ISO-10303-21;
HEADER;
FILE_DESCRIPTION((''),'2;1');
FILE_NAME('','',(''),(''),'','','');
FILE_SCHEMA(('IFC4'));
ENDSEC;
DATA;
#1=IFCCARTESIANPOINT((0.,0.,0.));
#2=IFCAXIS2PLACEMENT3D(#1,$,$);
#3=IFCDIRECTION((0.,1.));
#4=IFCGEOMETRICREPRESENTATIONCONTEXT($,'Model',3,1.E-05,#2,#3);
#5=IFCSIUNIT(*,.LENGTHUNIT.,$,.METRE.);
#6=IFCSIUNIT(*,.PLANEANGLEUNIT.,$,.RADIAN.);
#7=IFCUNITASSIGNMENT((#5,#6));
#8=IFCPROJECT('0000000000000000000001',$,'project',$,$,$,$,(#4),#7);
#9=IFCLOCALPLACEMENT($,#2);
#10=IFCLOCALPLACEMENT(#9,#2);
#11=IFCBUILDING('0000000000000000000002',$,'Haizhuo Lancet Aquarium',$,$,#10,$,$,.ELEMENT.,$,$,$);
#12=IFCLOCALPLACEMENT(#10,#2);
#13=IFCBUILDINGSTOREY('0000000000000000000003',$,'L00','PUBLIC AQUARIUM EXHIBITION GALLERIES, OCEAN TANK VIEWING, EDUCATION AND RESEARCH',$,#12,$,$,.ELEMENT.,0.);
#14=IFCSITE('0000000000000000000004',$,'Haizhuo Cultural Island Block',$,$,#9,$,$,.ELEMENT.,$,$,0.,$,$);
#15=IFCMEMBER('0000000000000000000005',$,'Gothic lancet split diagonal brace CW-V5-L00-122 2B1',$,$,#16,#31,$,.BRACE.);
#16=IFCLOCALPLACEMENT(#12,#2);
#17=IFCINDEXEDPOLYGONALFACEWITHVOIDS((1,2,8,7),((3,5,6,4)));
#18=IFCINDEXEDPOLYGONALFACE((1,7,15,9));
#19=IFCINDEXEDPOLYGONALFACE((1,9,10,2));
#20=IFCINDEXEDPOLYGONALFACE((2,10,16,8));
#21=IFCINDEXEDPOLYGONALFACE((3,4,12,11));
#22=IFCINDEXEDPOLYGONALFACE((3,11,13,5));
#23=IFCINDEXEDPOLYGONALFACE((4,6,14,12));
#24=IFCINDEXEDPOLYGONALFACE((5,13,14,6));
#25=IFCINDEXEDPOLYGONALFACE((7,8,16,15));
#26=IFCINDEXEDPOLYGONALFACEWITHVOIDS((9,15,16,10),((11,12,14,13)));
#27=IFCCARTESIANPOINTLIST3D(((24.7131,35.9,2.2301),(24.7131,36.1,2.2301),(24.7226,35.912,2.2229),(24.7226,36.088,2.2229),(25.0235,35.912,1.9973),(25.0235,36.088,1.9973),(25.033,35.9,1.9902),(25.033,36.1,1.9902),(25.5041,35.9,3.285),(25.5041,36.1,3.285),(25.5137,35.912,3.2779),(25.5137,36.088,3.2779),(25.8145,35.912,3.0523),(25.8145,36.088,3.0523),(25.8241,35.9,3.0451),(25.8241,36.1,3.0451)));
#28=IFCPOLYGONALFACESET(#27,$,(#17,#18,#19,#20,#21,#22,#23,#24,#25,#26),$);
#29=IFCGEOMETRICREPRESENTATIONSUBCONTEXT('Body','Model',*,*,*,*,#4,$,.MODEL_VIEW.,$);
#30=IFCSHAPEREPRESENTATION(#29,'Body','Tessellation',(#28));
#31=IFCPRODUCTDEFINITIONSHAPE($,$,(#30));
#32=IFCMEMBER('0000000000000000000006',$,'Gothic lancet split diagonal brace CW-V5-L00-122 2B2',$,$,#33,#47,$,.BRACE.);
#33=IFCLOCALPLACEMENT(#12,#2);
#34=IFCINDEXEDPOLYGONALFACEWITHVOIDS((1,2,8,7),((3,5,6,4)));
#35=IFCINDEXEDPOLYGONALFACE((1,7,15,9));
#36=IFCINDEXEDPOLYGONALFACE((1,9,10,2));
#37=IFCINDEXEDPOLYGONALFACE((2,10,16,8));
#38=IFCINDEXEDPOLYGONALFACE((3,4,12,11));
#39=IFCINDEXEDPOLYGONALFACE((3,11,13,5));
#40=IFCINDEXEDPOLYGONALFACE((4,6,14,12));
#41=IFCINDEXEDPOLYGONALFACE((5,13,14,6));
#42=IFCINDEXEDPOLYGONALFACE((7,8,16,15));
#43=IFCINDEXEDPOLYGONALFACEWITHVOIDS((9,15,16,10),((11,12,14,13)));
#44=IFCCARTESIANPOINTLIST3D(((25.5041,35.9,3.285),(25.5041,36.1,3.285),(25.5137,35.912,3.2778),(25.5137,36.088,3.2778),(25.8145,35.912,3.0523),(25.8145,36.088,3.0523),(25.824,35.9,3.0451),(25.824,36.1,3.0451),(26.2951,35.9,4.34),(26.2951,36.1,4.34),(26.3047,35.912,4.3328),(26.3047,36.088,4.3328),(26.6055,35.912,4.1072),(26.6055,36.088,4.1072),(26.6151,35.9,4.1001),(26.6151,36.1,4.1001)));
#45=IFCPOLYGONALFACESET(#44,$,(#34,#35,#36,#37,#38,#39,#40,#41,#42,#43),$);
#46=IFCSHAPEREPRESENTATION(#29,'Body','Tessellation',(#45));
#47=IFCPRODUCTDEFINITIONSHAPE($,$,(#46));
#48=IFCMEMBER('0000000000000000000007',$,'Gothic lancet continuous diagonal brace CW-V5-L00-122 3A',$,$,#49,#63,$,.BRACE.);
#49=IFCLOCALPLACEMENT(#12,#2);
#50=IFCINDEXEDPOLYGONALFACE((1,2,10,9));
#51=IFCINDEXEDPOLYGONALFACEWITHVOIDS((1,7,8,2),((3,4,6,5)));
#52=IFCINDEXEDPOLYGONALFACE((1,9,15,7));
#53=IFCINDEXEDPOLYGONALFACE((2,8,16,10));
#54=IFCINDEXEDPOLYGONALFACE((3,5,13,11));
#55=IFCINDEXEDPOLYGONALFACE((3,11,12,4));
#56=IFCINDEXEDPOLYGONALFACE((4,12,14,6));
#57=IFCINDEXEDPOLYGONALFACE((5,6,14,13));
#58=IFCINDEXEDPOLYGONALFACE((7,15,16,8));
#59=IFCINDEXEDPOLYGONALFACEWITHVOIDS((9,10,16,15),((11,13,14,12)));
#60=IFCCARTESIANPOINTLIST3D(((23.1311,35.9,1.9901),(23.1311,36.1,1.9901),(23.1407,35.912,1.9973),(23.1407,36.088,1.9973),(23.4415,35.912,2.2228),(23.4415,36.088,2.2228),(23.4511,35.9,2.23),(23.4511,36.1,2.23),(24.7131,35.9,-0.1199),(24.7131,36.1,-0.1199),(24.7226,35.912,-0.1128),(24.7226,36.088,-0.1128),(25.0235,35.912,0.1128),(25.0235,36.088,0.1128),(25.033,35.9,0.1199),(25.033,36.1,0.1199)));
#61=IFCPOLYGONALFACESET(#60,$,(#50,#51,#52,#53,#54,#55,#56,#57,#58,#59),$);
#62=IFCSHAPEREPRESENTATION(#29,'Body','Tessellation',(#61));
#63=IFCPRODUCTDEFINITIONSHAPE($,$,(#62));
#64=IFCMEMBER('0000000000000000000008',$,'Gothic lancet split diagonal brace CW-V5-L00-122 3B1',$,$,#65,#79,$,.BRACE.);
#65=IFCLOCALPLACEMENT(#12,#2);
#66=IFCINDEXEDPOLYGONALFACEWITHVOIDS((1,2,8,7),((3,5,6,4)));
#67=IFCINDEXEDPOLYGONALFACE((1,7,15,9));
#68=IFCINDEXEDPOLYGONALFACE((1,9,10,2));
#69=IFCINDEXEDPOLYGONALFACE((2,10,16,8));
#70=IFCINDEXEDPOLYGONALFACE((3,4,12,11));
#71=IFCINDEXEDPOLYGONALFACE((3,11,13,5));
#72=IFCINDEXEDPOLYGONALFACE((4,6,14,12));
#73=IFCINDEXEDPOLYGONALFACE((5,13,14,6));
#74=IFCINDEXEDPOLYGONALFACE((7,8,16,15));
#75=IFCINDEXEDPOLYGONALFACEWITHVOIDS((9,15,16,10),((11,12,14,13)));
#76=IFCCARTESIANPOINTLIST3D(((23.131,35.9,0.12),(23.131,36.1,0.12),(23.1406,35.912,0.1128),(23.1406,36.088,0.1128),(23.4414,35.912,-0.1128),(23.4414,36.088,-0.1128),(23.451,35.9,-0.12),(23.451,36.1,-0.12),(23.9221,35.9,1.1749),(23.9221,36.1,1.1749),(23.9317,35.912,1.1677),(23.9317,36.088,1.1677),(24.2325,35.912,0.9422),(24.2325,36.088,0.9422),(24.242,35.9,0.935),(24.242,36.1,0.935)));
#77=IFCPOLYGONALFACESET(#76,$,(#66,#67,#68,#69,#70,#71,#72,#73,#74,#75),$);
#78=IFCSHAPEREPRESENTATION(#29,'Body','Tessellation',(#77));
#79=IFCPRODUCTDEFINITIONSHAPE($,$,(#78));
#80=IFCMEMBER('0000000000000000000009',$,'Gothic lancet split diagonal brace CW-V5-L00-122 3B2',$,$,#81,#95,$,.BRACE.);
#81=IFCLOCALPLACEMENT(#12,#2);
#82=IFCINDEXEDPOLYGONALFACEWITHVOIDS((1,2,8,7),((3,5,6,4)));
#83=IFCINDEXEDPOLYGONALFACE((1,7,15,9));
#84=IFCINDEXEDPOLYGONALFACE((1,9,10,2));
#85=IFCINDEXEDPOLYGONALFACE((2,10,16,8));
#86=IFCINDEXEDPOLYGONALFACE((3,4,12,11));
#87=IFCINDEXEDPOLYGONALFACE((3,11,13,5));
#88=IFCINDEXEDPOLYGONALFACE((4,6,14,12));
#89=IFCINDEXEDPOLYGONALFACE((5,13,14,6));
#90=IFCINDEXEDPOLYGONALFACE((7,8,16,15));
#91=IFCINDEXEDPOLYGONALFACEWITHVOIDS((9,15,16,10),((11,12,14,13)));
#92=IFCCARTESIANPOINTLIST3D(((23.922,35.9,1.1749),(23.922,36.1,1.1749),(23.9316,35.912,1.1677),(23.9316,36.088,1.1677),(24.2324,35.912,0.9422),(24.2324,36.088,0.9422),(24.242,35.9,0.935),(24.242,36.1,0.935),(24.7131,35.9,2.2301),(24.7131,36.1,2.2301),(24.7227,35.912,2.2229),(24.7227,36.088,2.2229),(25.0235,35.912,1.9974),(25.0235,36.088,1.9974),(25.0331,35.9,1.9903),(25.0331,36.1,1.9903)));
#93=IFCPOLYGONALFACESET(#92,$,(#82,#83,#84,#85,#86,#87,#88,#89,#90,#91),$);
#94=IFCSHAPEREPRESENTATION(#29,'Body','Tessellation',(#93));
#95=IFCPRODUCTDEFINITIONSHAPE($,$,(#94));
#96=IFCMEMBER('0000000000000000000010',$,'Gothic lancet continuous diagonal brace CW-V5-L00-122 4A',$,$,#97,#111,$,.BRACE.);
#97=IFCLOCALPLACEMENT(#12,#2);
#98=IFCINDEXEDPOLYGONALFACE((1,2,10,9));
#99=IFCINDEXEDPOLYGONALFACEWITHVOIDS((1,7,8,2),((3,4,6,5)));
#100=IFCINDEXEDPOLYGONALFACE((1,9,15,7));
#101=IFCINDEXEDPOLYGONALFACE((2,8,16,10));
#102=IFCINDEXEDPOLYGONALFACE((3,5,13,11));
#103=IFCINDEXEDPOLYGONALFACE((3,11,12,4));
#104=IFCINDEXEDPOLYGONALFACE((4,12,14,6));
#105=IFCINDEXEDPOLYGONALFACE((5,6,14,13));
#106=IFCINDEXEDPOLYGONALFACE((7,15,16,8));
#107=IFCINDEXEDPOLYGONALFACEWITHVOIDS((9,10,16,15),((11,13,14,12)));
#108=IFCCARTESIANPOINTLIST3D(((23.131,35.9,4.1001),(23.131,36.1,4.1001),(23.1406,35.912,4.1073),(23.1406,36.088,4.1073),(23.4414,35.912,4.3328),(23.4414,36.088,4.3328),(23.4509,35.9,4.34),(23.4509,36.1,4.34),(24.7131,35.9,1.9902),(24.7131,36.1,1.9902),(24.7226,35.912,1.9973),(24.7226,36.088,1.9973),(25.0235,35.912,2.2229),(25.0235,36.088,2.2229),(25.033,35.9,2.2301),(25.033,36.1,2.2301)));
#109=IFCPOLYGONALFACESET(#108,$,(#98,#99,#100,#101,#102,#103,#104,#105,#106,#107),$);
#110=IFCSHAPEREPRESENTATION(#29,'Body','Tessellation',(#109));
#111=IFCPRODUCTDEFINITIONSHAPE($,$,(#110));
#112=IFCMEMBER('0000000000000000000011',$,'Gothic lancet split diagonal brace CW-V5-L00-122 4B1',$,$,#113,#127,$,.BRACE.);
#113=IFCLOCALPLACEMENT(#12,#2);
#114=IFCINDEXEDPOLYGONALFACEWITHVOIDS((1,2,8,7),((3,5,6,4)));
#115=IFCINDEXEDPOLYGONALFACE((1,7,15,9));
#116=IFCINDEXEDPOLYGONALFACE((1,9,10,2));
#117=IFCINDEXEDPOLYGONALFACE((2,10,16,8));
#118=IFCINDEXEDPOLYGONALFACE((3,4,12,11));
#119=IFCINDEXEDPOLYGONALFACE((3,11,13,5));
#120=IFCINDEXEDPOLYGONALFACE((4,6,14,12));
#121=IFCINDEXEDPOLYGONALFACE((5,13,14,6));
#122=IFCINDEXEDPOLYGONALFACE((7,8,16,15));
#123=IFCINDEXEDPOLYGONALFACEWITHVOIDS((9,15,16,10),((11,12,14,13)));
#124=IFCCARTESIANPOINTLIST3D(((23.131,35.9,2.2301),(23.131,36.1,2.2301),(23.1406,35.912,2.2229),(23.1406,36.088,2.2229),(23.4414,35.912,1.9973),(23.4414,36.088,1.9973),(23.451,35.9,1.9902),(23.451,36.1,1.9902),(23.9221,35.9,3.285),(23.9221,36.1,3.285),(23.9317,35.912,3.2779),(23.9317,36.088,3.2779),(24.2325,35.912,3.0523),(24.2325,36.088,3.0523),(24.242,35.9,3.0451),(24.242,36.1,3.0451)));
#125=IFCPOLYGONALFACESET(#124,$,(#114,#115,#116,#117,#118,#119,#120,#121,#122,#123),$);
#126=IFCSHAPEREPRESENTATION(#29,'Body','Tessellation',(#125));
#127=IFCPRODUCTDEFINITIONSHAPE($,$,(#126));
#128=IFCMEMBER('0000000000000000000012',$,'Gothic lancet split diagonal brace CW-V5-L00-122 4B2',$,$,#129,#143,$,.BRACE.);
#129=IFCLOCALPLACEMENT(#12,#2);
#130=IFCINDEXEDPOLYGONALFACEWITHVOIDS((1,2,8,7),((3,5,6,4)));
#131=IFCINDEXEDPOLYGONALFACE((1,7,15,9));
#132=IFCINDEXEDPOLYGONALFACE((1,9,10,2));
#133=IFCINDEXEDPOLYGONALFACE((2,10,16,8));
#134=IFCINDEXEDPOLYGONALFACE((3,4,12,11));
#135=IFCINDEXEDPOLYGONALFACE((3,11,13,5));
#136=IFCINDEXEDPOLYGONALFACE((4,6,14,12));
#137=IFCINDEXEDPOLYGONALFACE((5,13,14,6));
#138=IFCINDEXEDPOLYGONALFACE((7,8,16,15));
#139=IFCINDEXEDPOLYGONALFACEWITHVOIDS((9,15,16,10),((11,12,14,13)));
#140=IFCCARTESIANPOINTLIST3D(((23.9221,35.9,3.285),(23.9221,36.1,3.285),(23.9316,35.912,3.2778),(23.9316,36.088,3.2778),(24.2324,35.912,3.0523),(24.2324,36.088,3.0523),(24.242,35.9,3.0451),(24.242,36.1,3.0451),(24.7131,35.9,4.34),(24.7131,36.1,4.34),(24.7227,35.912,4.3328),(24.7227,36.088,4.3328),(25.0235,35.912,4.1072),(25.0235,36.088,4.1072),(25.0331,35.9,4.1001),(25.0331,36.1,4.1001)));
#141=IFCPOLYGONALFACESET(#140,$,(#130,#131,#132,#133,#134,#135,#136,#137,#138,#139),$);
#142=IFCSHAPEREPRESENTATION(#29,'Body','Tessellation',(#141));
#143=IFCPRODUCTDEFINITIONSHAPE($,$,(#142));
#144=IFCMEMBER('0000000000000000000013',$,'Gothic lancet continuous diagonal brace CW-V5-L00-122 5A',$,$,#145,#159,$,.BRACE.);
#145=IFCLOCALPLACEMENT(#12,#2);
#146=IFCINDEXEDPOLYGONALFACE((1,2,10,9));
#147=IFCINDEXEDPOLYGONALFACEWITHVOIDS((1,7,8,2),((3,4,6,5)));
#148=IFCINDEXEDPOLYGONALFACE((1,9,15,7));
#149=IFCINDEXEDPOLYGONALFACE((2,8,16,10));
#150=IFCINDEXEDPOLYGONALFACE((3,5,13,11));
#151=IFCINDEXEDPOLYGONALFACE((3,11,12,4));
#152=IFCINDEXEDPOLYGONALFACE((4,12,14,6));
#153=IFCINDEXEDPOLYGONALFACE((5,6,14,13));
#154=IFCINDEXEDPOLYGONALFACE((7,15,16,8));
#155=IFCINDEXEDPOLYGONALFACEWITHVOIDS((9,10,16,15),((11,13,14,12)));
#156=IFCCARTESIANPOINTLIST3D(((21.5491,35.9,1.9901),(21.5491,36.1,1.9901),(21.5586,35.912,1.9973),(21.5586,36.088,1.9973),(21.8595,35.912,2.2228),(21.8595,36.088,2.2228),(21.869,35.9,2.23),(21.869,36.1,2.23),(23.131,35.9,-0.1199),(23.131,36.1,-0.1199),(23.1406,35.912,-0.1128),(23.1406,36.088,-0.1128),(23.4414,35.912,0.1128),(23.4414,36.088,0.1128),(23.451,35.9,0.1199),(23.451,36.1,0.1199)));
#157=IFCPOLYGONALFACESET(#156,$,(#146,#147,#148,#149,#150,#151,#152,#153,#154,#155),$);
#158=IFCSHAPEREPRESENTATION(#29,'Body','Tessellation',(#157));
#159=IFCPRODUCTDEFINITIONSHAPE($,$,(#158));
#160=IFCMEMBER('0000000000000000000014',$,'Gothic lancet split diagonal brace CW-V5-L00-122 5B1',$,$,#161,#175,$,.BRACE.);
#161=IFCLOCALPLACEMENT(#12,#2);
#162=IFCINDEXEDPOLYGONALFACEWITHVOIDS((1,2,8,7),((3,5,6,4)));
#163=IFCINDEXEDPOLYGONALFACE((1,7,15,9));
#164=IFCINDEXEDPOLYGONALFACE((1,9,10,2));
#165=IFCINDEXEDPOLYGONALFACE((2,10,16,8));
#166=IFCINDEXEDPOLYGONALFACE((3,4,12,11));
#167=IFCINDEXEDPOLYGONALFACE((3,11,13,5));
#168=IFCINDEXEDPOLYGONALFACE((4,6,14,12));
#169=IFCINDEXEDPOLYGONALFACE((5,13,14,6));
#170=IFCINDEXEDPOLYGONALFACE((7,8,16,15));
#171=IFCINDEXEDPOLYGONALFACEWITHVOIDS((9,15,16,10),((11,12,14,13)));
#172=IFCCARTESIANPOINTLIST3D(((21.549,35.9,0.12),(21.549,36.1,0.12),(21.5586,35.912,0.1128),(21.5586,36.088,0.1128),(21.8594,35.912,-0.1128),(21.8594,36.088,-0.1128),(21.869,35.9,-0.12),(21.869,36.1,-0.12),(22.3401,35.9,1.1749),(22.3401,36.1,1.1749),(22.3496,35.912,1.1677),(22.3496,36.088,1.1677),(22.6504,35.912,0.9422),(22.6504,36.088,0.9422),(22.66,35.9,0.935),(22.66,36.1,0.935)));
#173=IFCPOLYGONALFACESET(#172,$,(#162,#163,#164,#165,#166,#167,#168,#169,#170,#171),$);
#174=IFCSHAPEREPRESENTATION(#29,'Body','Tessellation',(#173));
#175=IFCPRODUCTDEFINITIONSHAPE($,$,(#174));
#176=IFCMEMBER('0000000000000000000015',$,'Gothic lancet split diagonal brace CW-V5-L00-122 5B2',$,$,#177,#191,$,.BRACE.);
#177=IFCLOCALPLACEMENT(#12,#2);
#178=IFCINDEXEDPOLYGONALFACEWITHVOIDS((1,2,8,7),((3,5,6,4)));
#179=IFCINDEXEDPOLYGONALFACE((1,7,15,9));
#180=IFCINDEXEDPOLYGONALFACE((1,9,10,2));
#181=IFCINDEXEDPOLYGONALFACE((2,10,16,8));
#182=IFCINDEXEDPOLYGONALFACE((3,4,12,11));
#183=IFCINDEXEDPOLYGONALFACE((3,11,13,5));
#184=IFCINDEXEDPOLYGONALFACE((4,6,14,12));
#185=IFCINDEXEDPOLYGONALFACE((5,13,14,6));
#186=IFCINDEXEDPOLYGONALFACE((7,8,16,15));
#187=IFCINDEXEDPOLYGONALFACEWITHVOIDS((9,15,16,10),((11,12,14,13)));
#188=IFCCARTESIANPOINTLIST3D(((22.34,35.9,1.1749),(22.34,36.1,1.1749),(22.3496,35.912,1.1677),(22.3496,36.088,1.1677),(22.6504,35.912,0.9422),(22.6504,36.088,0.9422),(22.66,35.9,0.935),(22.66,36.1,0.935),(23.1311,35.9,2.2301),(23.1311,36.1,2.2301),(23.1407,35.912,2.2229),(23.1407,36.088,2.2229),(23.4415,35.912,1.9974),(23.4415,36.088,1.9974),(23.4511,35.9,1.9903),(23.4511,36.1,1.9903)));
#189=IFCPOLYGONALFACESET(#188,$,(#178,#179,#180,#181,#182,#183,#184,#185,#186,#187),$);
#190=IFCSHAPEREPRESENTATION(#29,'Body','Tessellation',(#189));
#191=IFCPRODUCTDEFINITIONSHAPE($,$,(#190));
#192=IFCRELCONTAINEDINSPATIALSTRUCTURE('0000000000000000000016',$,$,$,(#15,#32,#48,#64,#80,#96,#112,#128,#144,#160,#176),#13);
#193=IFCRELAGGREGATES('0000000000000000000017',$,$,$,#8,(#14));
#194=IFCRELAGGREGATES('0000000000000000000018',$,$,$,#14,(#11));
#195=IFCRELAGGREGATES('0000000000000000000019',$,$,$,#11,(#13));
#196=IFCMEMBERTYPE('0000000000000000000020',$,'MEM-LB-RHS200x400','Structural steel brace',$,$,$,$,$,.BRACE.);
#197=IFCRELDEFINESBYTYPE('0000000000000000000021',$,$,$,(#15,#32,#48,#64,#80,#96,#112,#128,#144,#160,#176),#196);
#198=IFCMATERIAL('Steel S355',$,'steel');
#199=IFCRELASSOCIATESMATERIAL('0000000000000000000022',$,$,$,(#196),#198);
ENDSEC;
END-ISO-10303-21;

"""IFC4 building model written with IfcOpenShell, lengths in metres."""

from ifc_helpers import new_model, si_unit, direction, frame, origin, origin_2d, place, context, subcontext, project, spatial, hollow_rectangle, extrude, material, material_profile, profile_set, type_object, element, save


model = new_model("IFC4")

# Units and contexts
model_context = context("Model", 3, precision=1e-05, world=origin(), true_north=direction((0.0, 1.0)))
body_context = subcontext(model_context, "Body", "Model", "MODEL_VIEW")
ifc_project = project(units=[si_unit("LENGTHUNIT", "METRE"), si_unit("PLANEANGLEUNIT", "RADIAN")], contexts=[model_context])

# Site, building, storey
site_placement = place(None, origin())
site = spatial("IfcSite", under=ifc_project, at=site_placement, Name="Haizhuo Cultural Island Block", CompositionType="ELEMENT", RefElevation=0.0)
building_placement = place(site_placement, origin())
building = spatial("IfcBuilding", under=site, at=building_placement, Name="Haizhuo Lancet Aquarium", CompositionType="ELEMENT")
storey_placement = place(building_placement, origin())
storey = spatial("IfcBuildingStorey", under=building, at=storey_placement, Name="L00", Description="PUBLIC AQUARIUM EXHIBITION GALLERIES, OCEAN TANK VIEWING, EDUCATION AND RESEARCH", CompositionType="ELEMENT", Elevation=0.0)

# Members
ifc_material_1 = material(Name="Steel S355", Category="steel")
ifc_material_profile_1 = material_profile(ifc_material_1, hollow_rectangle(XDim=0.2, YDim=0.3999, WallThickness=0.012, at=origin_2d()), Name="RHS 200x400x12")
ifc_profile_set_1 = profile_set([ifc_material_profile_1], Name="Steel S355")
member_type_1 = type_object("IfcMemberType", Name="MEM-LB-RHS200x400", Description="Structural steel brace", PredefinedType="BRACE", material=ifc_profile_set_1)
for number, where, z_axis, x_axis, name in (
    (1, (24.873, 36.0, 2.1101), (0.599911, 0.0, 0.800067), (0.0, 1.0, 0.0), "Gothic lancet split diagonal brace CW-V5-L00-122 2B1"),
    (2, (25.6641, 36.0, 3.165), (0.599911, 0.0, 0.800067), (0.0, 1.0, 0.0), "Gothic lancet split diagonal brace CW-V5-L00-122 2B2"),
):
    element("IfcMember", number, at=place(storey_placement, frame(where, z_axis=z_axis, x_axis=x_axis)), inside=storey, type_object=member_type_1, Name=name, PredefinedType="BRACE", context=body_context, shape_type="SweptSolid", body=[
        extrude(hollow_rectangle(XDim=0.2, YDim=0.3999, WallThickness=0.012, at=origin_2d()), origin(), (0.0, 0.0, 1.0), 1.3186),
    ])
member_1_placement = place(storey_placement, frame((24.873, 36.0, 0.0), z_axis=(-0.599867, 0.0, 0.8001), x_axis=(0.0, -1.0, 0.0)))
element("IfcMember", 3, at=member_1_placement, inside=storey, type_object=member_type_1, Name="Gothic lancet continuous diagonal brace CW-V5-L00-122 3A", PredefinedType="BRACE", context=body_context, shape_type="SweptSolid", body=[
    extrude(hollow_rectangle(XDim=0.2, YDim=0.3999, WallThickness=0.012, at=origin_2d()), origin(), (0.0, 0.0, 1.0), 2.6372),
])
member_2_placement = place(storey_placement, frame((23.291, 36.0, 0.0), z_axis=(0.599911, 0.0, 0.800067), x_axis=(0.0, 1.0, 0.0)))
element("IfcMember", 4, at=member_2_placement, inside=storey, type_object=member_type_1, Name="Gothic lancet split diagonal brace CW-V5-L00-122 3B1", PredefinedType="BRACE", context=body_context, shape_type="SweptSolid", body=[
    extrude(hollow_rectangle(XDim=0.2, YDim=0.3999, WallThickness=0.012, at=origin_2d()), origin(), (0.0, 0.0, 1.0), 1.3186),
])
member_3_placement = place(storey_placement, frame((24.082, 36.0, 1.0549), z_axis=(0.599822, 0.0, 0.800133), x_axis=(0.0, 1.0, 0.0)))
element("IfcMember", 5, at=member_3_placement, inside=storey, type_object=member_type_1, Name="Gothic lancet split diagonal brace CW-V5-L00-122 3B2", PredefinedType="BRACE", context=body_context, shape_type="SweptSolid", body=[
    extrude(hollow_rectangle(XDim=0.2, YDim=0.3999, WallThickness=0.012, at=origin_2d()), origin(), (0.0, 0.0, 1.0), 1.3188),
])
member_4_placement = place(storey_placement, frame((24.873, 36.0, 2.1101), z_axis=(-0.599911, 0.0, 0.800067), x_axis=(0.0, -1.0, 0.0)))
element("IfcMember", 6, at=member_4_placement, inside=storey, type_object=member_type_1, Name="Gothic lancet continuous diagonal brace CW-V5-L00-122 4A", PredefinedType="BRACE", context=body_context, shape_type="SweptSolid", body=[
    extrude(hollow_rectangle(XDim=0.2, YDim=0.3999, WallThickness=0.012, at=origin_2d()), origin(), (0.0, 0.0, 1.0), 2.6372),
])
for number, where, z_axis, x_axis, name in (
    (7, (23.291, 36.0, 2.1101), (0.599911, 0.0, 0.800067), (0.0, 1.0, 0.0), "Gothic lancet split diagonal brace CW-V5-L00-122 4B1"),
    (8, (24.082, 36.0, 3.165), (0.599911, 0.0, 0.800067), (0.0, 1.0, 0.0), "Gothic lancet split diagonal brace CW-V5-L00-122 4B2"),
):
    element("IfcMember", number, at=place(storey_placement, frame(where, z_axis=z_axis, x_axis=x_axis)), inside=storey, type_object=member_type_1, Name=name, PredefinedType="BRACE", context=body_context, shape_type="SweptSolid", body=[
        extrude(hollow_rectangle(XDim=0.2, YDim=0.3999, WallThickness=0.012, at=origin_2d()), origin(), (0.0, 0.0, 1.0), 1.3186),
    ])
member_5_placement = place(storey_placement, frame((23.291, 36.0, 0.0), z_axis=(-0.599867, 0.0, 0.8001), x_axis=(0.0, -1.0, 0.0)))
element("IfcMember", 9, at=member_5_placement, inside=storey, type_object=member_type_1, Name="Gothic lancet continuous diagonal brace CW-V5-L00-122 5A", PredefinedType="BRACE", context=body_context, shape_type="SweptSolid", body=[
    extrude(hollow_rectangle(XDim=0.2, YDim=0.3999, WallThickness=0.012, at=origin_2d()), origin(), (0.0, 0.0, 1.0), 2.6372),
])
member_6_placement = place(storey_placement, frame((21.709, 36.0, 0.0), z_axis=(0.599911, 0.0, 0.800067), x_axis=(0.0, 1.0, 0.0)))
element("IfcMember", 10, at=member_6_placement, inside=storey, type_object=member_type_1, Name="Gothic lancet split diagonal brace CW-V5-L00-122 5B1", PredefinedType="BRACE", context=body_context, shape_type="SweptSolid", body=[
    extrude(hollow_rectangle(XDim=0.2, YDim=0.3999, WallThickness=0.012, at=origin_2d()), origin(), (0.0, 0.0, 1.0), 1.3186),
])
member_7_placement = place(storey_placement, frame((22.5, 36.0, 1.0549), z_axis=(0.599822, 0.0, 0.800133), x_axis=(0.0, 1.0, 0.0)))
element("IfcMember", 11, at=member_7_placement, inside=storey, type_object=member_type_1, Name="Gothic lancet split diagonal brace CW-V5-L00-122 5B2", PredefinedType="BRACE", context=body_context, shape_type="SweptSolid", body=[
    extrude(hollow_rectangle(XDim=0.2, YDim=0.3999, WallThickness=0.012, at=origin_2d()), origin(), (0.0, 0.0, 1.0), 1.3188),
])

save(model, "model.ifc")
